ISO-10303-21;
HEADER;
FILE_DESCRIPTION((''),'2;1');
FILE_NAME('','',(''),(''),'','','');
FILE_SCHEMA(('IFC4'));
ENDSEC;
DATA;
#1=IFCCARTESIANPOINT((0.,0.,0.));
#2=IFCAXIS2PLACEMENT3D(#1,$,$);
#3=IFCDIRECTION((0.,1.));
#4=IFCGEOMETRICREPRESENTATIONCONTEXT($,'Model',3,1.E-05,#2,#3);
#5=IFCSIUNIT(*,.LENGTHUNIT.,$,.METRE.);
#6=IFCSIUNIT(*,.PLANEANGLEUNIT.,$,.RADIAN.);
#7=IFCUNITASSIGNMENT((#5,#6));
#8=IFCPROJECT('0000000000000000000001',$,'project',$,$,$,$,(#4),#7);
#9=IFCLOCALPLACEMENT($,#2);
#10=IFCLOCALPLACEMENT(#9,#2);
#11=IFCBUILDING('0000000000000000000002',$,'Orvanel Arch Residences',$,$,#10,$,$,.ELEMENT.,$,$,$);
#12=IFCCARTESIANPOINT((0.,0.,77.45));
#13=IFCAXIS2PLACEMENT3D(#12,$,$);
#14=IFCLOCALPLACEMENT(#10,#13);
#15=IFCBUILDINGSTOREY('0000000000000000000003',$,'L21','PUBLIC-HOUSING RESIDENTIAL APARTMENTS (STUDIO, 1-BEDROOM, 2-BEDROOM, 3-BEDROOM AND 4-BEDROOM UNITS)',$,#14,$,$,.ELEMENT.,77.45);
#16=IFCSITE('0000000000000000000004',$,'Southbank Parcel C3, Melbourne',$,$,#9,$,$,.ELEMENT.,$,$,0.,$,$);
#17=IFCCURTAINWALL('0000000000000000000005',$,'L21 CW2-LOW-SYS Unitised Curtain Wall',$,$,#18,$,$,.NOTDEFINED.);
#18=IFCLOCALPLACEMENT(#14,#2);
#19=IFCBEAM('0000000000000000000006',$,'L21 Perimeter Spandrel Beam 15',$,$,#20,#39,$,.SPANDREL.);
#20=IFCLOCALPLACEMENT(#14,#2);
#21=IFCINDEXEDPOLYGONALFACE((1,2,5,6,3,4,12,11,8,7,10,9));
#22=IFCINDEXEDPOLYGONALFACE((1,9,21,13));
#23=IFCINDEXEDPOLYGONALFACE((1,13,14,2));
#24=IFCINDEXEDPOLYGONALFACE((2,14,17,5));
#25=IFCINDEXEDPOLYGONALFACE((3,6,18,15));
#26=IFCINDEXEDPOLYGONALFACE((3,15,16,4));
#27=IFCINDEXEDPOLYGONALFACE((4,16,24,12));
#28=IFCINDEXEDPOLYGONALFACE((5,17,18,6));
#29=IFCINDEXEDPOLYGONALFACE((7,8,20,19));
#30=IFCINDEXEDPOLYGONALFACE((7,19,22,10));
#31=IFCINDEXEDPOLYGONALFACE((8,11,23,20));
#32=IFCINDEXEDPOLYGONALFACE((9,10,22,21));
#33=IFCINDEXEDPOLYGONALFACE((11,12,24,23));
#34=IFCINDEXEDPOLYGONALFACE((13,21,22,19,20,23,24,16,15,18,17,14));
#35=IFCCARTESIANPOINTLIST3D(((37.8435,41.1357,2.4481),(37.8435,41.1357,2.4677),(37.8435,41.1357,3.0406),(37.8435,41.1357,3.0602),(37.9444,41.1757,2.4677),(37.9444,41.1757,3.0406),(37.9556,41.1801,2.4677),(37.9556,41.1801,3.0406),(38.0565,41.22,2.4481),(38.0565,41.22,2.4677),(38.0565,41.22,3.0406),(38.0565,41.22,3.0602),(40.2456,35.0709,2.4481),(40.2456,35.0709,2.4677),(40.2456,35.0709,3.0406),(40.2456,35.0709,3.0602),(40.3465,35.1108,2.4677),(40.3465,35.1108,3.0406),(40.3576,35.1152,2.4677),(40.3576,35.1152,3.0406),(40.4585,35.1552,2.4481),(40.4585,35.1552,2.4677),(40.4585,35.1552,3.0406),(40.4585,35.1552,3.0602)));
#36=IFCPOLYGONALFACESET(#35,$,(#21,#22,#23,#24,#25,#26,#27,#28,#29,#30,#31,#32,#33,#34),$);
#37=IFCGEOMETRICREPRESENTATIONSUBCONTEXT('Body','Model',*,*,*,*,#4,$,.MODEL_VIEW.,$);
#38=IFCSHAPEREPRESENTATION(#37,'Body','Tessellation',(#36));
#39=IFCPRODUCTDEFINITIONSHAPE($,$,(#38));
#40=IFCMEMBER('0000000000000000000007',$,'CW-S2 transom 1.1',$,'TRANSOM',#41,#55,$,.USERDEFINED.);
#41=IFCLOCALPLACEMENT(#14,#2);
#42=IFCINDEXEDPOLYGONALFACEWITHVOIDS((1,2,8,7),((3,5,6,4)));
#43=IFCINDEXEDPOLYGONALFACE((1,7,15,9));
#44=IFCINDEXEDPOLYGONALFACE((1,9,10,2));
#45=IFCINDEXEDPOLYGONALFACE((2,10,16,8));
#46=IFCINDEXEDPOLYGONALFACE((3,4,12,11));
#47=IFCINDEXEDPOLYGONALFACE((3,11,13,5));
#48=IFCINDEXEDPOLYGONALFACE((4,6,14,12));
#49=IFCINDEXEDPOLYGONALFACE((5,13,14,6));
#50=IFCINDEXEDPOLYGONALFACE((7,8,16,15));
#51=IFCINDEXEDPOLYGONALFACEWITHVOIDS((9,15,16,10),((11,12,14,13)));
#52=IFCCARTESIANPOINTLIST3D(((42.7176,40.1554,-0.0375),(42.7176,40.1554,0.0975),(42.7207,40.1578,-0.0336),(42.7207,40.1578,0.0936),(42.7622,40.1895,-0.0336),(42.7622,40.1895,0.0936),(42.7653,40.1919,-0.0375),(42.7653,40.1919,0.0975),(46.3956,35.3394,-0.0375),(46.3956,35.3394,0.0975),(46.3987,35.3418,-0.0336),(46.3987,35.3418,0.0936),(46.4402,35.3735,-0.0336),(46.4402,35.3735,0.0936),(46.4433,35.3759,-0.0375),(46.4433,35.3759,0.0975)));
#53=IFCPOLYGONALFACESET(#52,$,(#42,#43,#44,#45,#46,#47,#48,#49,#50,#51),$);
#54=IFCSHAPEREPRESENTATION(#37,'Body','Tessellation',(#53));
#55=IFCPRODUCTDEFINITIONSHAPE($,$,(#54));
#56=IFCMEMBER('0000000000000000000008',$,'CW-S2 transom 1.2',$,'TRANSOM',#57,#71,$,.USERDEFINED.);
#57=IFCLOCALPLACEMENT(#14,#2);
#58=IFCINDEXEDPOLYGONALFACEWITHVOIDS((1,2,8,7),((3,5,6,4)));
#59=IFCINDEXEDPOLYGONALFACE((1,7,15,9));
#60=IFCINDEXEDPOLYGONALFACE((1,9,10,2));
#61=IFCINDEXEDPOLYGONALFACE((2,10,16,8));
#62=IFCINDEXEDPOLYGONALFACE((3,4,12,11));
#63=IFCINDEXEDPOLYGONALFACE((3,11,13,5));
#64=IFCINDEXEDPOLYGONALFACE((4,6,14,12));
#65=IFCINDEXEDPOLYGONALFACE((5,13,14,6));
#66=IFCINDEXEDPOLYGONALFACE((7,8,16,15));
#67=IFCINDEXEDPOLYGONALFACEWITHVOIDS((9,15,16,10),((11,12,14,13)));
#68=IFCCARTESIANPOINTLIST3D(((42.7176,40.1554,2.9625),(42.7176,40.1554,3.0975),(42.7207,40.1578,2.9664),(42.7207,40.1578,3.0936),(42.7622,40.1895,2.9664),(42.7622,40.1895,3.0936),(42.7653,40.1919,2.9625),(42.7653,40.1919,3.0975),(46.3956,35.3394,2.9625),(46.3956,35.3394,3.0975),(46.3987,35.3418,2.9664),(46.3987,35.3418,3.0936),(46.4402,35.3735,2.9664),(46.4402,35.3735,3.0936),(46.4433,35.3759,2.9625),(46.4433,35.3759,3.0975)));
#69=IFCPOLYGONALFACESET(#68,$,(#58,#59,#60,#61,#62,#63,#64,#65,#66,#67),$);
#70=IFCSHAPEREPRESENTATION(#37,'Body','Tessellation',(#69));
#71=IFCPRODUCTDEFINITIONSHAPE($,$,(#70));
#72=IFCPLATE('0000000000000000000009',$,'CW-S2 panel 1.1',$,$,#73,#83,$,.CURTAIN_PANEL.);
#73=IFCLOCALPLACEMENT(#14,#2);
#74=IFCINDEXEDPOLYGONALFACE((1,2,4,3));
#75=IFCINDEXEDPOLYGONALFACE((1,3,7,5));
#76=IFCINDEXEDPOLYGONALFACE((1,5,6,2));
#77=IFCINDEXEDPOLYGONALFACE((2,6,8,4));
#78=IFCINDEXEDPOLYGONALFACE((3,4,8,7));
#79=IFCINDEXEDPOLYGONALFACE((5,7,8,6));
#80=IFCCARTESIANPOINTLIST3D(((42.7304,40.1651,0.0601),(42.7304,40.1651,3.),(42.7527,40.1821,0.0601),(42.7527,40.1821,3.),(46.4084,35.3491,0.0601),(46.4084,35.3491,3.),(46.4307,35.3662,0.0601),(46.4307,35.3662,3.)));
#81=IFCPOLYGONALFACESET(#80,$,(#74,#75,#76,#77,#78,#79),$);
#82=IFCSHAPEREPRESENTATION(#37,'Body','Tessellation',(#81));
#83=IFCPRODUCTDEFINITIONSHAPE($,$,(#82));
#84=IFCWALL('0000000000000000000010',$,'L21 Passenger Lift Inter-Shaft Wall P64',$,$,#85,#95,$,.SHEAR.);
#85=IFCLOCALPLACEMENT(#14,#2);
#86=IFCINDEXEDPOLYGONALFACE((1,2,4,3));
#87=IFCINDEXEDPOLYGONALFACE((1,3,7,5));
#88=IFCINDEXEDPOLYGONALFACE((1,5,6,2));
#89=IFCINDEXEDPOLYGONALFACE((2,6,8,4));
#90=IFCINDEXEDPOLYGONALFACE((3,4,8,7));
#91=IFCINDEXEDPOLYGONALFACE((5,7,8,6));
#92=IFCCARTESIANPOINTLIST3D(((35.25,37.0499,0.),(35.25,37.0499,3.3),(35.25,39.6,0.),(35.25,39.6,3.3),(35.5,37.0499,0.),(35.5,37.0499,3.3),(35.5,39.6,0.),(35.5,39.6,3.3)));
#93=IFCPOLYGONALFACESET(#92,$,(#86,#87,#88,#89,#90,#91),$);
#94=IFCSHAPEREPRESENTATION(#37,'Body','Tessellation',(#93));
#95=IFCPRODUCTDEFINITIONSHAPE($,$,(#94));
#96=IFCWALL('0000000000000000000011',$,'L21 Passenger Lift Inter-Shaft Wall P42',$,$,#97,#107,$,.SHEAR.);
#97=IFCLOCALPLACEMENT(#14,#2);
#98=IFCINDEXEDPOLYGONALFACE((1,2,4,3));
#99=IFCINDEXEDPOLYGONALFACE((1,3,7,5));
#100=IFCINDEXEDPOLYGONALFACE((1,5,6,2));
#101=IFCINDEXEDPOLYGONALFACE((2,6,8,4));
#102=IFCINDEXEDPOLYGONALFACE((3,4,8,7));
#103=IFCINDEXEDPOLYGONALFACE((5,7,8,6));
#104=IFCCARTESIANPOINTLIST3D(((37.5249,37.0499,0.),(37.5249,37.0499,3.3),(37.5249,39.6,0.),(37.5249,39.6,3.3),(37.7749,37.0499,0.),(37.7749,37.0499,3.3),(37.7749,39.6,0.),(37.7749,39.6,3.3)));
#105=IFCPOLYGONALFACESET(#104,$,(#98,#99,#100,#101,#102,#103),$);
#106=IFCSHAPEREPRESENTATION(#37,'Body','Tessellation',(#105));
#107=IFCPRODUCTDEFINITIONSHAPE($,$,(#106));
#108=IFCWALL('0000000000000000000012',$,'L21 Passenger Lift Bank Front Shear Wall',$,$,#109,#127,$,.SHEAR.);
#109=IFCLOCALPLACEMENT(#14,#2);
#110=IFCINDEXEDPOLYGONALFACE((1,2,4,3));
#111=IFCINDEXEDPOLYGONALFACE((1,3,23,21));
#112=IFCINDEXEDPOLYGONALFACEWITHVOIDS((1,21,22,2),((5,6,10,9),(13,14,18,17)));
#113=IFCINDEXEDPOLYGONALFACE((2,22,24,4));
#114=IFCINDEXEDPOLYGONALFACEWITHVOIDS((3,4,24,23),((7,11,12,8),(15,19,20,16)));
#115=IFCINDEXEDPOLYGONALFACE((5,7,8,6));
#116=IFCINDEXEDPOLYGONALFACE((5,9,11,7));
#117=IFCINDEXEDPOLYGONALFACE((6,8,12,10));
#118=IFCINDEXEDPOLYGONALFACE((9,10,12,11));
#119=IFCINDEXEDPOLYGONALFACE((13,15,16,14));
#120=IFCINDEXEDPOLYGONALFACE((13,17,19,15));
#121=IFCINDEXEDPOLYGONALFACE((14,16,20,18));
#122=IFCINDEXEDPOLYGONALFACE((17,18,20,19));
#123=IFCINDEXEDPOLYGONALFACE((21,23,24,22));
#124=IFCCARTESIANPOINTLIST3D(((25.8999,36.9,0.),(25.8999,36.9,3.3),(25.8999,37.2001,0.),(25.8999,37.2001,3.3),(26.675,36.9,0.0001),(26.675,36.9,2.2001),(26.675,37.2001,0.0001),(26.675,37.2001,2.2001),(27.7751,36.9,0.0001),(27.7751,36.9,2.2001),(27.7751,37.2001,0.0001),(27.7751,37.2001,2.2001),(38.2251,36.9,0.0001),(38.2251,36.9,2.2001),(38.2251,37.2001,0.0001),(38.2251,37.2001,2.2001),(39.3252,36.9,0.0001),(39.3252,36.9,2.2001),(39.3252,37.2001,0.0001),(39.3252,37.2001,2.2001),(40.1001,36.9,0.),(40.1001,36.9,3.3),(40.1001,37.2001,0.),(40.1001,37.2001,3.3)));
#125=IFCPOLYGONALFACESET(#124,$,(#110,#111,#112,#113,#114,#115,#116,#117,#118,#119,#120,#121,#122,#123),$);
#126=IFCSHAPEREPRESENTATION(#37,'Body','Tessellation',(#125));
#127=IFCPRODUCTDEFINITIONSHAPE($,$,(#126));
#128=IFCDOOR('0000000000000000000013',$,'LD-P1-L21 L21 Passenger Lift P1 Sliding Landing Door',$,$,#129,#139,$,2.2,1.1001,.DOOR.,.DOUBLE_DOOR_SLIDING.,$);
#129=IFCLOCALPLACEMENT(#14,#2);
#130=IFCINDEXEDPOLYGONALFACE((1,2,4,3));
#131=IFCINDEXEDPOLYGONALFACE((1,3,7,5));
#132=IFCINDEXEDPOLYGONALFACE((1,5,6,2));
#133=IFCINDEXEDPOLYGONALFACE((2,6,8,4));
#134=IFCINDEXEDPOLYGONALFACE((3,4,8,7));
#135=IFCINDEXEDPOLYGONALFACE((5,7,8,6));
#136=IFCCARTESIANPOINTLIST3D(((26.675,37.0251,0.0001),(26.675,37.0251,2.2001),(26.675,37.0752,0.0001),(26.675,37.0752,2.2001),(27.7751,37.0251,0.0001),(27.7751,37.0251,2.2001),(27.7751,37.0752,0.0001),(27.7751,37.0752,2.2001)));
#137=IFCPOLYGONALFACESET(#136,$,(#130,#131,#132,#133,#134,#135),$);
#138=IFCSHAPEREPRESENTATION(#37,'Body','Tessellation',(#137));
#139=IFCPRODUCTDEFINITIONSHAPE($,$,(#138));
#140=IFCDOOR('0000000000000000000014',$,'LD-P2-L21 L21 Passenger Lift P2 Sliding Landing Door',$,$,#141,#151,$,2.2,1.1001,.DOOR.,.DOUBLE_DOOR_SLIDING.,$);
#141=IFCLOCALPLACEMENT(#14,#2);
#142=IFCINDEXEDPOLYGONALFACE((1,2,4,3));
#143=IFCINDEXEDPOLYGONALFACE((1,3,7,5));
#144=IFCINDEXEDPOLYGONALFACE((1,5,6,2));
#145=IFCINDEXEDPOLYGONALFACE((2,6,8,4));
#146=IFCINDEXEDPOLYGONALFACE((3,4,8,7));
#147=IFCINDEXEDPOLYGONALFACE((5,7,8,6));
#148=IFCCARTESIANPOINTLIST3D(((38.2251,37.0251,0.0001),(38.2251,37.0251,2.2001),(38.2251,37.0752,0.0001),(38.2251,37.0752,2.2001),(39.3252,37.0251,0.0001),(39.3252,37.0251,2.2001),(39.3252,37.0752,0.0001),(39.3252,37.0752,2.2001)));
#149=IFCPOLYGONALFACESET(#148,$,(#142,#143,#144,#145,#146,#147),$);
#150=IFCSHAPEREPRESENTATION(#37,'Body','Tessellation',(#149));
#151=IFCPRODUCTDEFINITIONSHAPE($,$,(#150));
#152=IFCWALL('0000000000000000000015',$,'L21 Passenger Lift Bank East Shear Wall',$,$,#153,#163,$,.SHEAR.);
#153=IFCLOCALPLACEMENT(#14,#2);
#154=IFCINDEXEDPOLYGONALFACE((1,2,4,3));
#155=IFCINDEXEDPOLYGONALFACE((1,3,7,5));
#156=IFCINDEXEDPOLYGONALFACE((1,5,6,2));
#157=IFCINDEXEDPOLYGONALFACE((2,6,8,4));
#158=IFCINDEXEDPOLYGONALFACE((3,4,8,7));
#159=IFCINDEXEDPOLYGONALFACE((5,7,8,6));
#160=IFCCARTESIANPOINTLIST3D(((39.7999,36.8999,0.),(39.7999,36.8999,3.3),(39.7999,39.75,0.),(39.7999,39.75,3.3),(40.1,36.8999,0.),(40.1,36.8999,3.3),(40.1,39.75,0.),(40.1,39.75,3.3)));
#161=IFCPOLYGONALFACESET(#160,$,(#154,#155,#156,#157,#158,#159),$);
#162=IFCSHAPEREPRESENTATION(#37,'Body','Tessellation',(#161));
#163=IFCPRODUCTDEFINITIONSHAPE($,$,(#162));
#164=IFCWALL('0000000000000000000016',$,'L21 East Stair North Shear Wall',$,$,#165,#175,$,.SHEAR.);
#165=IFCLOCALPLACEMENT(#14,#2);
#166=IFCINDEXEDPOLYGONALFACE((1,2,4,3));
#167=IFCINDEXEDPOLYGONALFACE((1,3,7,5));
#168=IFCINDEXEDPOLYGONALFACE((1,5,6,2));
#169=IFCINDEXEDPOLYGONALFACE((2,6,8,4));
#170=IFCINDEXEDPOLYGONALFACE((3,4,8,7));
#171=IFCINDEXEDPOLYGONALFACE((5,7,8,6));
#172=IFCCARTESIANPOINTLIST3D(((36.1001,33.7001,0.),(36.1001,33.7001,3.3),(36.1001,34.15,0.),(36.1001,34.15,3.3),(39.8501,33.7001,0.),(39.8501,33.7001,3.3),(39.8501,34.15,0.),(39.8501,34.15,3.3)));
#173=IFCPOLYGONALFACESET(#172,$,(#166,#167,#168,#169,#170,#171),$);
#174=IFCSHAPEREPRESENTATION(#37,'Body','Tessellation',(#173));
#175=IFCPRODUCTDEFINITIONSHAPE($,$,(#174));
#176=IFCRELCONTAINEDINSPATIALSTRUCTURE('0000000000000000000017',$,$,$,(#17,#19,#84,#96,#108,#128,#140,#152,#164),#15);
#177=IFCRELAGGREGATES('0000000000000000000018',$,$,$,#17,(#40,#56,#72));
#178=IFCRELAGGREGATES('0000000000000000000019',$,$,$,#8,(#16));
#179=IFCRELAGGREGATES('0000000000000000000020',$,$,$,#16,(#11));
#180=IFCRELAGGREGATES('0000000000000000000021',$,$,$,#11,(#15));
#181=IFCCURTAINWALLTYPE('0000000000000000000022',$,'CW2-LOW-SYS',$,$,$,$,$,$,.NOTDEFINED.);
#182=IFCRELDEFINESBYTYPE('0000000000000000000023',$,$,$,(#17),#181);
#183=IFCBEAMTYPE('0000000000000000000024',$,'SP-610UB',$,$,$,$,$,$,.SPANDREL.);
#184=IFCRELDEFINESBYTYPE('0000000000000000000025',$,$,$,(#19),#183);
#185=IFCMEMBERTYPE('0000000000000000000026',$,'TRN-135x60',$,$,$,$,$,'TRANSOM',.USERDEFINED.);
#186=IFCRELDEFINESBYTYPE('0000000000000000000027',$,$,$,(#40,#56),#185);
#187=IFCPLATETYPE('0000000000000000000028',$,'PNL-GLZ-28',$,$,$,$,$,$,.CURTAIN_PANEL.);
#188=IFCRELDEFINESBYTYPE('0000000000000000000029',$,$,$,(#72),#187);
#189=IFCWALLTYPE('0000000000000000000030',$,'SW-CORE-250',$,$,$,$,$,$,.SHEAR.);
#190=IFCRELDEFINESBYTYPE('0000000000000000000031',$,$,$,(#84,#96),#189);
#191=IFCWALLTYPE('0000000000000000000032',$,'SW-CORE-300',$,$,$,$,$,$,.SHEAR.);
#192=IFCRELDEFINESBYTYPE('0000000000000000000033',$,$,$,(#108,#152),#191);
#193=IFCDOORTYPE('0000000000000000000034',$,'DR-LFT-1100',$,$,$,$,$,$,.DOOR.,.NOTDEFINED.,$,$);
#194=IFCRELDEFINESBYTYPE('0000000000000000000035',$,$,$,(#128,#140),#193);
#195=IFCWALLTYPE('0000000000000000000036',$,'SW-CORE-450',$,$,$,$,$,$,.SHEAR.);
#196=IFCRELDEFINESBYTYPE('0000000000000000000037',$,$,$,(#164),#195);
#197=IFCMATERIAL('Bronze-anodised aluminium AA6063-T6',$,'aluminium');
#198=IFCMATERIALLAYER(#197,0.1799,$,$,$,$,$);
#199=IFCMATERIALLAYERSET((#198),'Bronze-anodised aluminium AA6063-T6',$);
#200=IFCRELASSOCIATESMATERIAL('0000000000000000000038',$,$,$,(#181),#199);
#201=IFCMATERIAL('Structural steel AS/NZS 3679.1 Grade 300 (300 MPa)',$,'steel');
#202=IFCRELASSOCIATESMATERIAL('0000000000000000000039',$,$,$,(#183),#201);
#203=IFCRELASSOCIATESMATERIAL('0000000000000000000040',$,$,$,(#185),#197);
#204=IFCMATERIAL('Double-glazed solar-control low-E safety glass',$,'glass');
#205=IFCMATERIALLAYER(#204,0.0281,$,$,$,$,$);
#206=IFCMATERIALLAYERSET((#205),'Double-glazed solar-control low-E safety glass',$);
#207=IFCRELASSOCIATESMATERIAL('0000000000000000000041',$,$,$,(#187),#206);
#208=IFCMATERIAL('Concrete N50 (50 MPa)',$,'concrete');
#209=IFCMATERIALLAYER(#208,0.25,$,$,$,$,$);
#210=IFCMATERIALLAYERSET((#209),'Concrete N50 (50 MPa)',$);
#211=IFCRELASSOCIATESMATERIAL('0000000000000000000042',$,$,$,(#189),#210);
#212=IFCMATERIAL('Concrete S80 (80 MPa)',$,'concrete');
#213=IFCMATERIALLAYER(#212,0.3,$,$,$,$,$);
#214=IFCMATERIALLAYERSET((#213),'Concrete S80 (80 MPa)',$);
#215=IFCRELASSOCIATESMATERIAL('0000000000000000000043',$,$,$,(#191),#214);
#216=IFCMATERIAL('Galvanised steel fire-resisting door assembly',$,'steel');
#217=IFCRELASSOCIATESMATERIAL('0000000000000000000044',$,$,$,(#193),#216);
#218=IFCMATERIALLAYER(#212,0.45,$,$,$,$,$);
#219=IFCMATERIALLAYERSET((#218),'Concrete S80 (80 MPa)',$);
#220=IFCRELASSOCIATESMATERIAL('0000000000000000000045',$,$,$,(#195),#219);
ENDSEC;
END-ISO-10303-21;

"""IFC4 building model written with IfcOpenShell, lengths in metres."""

from ifc_helpers import new_model, si_unit, direction, frame, frame_2d, origin, origin_2d, place, context, subcontext, project, spatial, rectangle, hollow_rectangle, i_section, extrude, material, layer, layer_set, material_profile, profile_set, type_object, element, fill, aggregate, save


model = new_model("IFC4")

# Units and contexts
model_context = context("Model", 3, precision=1e-05, world=origin(), true_north=direction((0.0, 1.0)))
body_context = subcontext(model_context, "Body", "Model", "MODEL_VIEW")
ifc_project = project(units=[si_unit("LENGTHUNIT", "METRE"), si_unit("PLANEANGLEUNIT", "RADIAN")], contexts=[model_context])

# Site, building, storey
site_placement = place(None, origin())
site = spatial("IfcSite", under=ifc_project, at=site_placement, Name="Southbank Parcel C3, Melbourne", CompositionType="ELEMENT", RefElevation=0.0)
building_placement = place(site_placement, origin())
building = spatial("IfcBuilding", under=site, at=building_placement, Name="Orvanel Arch Residences", CompositionType="ELEMENT")
storey_placement = place(building_placement, frame((0.0, 0.0, 77.45)))
storey = spatial("IfcBuildingStorey", under=building, at=storey_placement, Name="L21", Description="PUBLIC-HOUSING RESIDENTIAL APARTMENTS (STUDIO, 1-BEDROOM, 2-BEDROOM, 3-BEDROOM AND 4-BEDROOM UNITS)", CompositionType="ELEMENT", Elevation=77.45)

# Shared definitions
ifc_material_1 = material(Name="Structural steel AS/NZS 3679.1 Grade 300 (300 MPa)", Category="steel")

# Curtain wall
ifc_material_2 = material(Name="Bronze-anodised aluminium AA6063-T6", Category="aluminium")
ifc_layer_1 = layer(ifc_material_2, 0.1799)
ifc_layer_set_1 = layer_set([ifc_layer_1], Name="Bronze-anodised aluminium AA6063-T6")
curtain_wall_type = type_object("IfcCurtainWallType", Name="CW2-LOW-SYS", PredefinedType="NOTDEFINED", material=ifc_layer_set_1)
curtain_wall_1_placement = place(storey_placement, origin())
curtain_wall_1 = element("IfcCurtainWall", 1, at=curtain_wall_1_placement, inside=storey, type_object=curtain_wall_type, Name="L21 CW2-LOW-SYS Unitised Curtain Wall", PredefinedType="NOTDEFINED")

# Beam
ifc_material_profile_1 = material_profile(ifc_material_1, i_section(OverallWidth=0.229, OverallDepth=0.6121, WebThickness=0.012, FlangeThickness=0.0195, at=origin_2d()), Name="610UB125")
ifc_profile_set_1 = profile_set([ifc_material_profile_1], Name="Structural steel AS/NZS 3679.1 Grade 300 (300 MPa)")
beam_type_1 = type_object("IfcBeamType", Name="SP-610UB", PredefinedType="SPANDREL", material=ifc_profile_set_1)
beam_1_placement = place(storey_placement, frame((40.3521, 35.113, 2.7542), z_axis=(-0.368233, 0.929733, 0.0), x_axis=(-0.929733, -0.368233, 0.0)))
element("IfcBeam", 2, at=beam_1_placement, inside=storey, type_object=beam_type_1, Name="L21 Perimeter Spandrel Beam 15", PredefinedType="SPANDREL", context=body_context, shape_type="SweptSolid", body=[
    extrude(i_section(OverallWidth=0.229, OverallDepth=0.6121, WebThickness=0.012, FlangeThickness=0.0195, at=origin_2d()), origin(), (0.0, 0.0, 1.0), 6.5232),
])

# Members
ifc_material_profile_2 = material_profile(ifc_material_2, hollow_rectangle(XDim=0.0601, YDim=0.135, WallThickness=0.0039, at=origin_2d()), Name="ALU135x60x4")
ifc_profile_set_2 = profile_set([ifc_material_profile_2], Name="Bronze-anodised aluminium AA6063-T6")
member_type_1 = type_object("IfcMemberType", Name="TRN-135x60", ElementType="TRANSOM", PredefinedType="USERDEFINED", material=ifc_profile_set_2)
member_1_placement = place(storey_placement, frame((46.4194, 35.3577, 0.03), z_axis=(-0.606952, 0.794738, 0.0), x_axis=(-0.794738, -0.606952, 0.0)))
member_1 = element("IfcMember", 3, at=member_1_placement, type_object=member_type_1, Name="CW-S2 transom 1.1", ObjectType="TRANSOM", PredefinedType="USERDEFINED", context=body_context, shape_type="SweptSolid", body=[
    extrude(hollow_rectangle(XDim=0.0601, YDim=0.135, WallThickness=0.0039, at=origin_2d()), origin(), (0.0, 0.0, 1.0), 6.0598),
])
member_2_placement = place(storey_placement, frame((46.4194, 35.3577, 3.03), z_axis=(-0.606952, 0.794738, 0.0), x_axis=(-0.794738, -0.606952, 0.0)))
member_2 = element("IfcMember", 4, at=member_2_placement, type_object=member_type_1, Name="CW-S2 transom 1.2", ObjectType="TRANSOM", PredefinedType="USERDEFINED", context=body_context, shape_type="SweptSolid", body=[
    extrude(hollow_rectangle(XDim=0.0601, YDim=0.135, WallThickness=0.0039, at=origin_2d()), origin(), (0.0, 0.0, 1.0), 6.0598),
])

# Plate
ifc_material_3 = material(Name="Double-glazed solar-control low-E safety glass", Category="glass")
ifc_layer_2 = layer(ifc_material_3, 0.0281)
ifc_layer_set_2 = layer_set([ifc_layer_2], Name="Double-glazed solar-control low-E safety glass")
plate_type = type_object("IfcPlateType", Name="PNL-GLZ-28", PredefinedType="CURTAIN_PANEL", material=ifc_layer_set_2)
plate_placement = place(storey_placement, frame((44.5806, 37.7656, 0.0601), z_axis=(0.0, 0.0, 1.0), x_axis=(-0.60695, 0.79474, 0.0)))
plate = element("IfcPlate", 5, at=plate_placement, type_object=plate_type, Name="CW-S2 panel 1.1", PredefinedType="CURTAIN_PANEL", context=body_context, shape_type="SweptSolid", body=[
    extrude(rectangle(XDim=6.0598, YDim=0.0281, at=origin_2d()), origin(), (0.0, 0.0, 1.0), 2.9399),
])
aggregate(curtain_wall_1, [member_1, member_2, plate])

# Walls
ifc_material_4 = material(Name="Concrete N50 (50 MPa)", Category="concrete")
ifc_layer_3 = layer(ifc_material_4, 0.25)
ifc_layer_set_3 = layer_set([ifc_layer_3], Name="Concrete N50 (50 MPa)")
wall_type_1 = type_object("IfcWallType", Name="SW-CORE-250", PredefinedType="SHEAR", material=ifc_layer_set_3)
for number, where, z_axis, x_axis, name in (
    (6, (35.375, 37.05, 0.0), (0.0, 0.0, 1.0), (0.0, 1.0, 0.0), "L21 Passenger Lift Inter-Shaft Wall P64"),
    (7, (37.6499, 37.05, 0.0), (0.0, 0.0, 1.0), (0.0, 1.0, 0.0), "L21 Passenger Lift Inter-Shaft Wall P42"),
):
    element("IfcWall", number, at=place(storey_placement, frame(where, z_axis=z_axis, x_axis=x_axis)), inside=storey, type_object=wall_type_1, Name=name, PredefinedType="SHEAR", context=body_context, shape_type="SweptSolid", body=[
        extrude(rectangle(XDim=2.55, YDim=0.25, at=frame_2d((1.2749, 0.0))), origin(), (0.0, 0.0, 1.0), 3.3),
    ])

# Wall, openings, doors
ifc_material_5 = material(Name="Concrete S80 (80 MPa)", Category="concrete")
ifc_layer_4 = layer(ifc_material_5, 0.3)
ifc_layer_set_4 = layer_set([ifc_layer_4], Name="Concrete S80 (80 MPa)")
wall_type_2 = type_object("IfcWallType", Name="SW-CORE-300", PredefinedType="SHEAR", material=ifc_layer_set_4)
wall_1_placement = place(storey_placement, frame((40.1001, 37.05, 0.0), z_axis=(0.0, 0.0, 1.0), x_axis=(-1.0, 0.0, 0.0)))
wall_1 = element("IfcWall", 8, at=wall_1_placement, inside=storey, type_object=wall_type_2, Name="L21 Passenger Lift Bank Front Shear Wall", PredefinedType="SHEAR", context=body_context, shape_type="SweptSolid", body=[
    extrude(rectangle(XDim=14.2002, YDim=0.3, at=frame_2d((7.1001, 0.0))), origin(), (0.0, 0.0, 1.0), 3.3),
])
opening_1_placement = place(wall_1_placement, frame((12.325, 0.0, 0.0)))
opening_1 = element("IfcOpeningElement", 9, at=opening_1_placement, cuts=wall_1, PredefinedType="OPENING", context=body_context, shape_type="SweptSolid", body=[
    extrude(rectangle(XDim=1.1001, YDim=2.2, at=frame_2d((0.55, 1.1001))), frame((0.0, 0.1599, 0.0), z_axis=(0.0, -1.0, 0.0), x_axis=(1.0, 0.0, 0.0)), (0.0, 0.0, 1.0), 0.3201),
])
opening_2_placement = place(wall_1_placement, frame((0.7749, 0.0, 0.0)))
opening_2 = element("IfcOpeningElement", 10, at=opening_2_placement, cuts=wall_1, PredefinedType="OPENING", context=body_context, shape_type="SweptSolid", body=[
    extrude(rectangle(XDim=1.1001, YDim=2.2, at=frame_2d((0.55, 1.1001))), frame((0.0, 0.1599, 0.0), z_axis=(0.0, -1.0, 0.0), x_axis=(1.0, 0.0, 0.0)), (0.0, 0.0, 1.0), 0.3201),
])
ifc_material_6 = material(Name="Galvanised steel fire-resisting door assembly", Category="steel")
door_type_1 = type_object("IfcDoorType", Name="DR-LFT-1100", OperationType="NOTDEFINED", PredefinedType="DOOR", material=ifc_material_6)
door_1_placement = place(opening_1_placement, origin())
door_1 = element("IfcDoor", 11, at=door_1_placement, inside=storey, type_object=door_type_1, Name="LD-P1-L21 L21 Passenger Lift P1 Sliding Landing Door", OperationType="DOUBLE_DOOR_SLIDING", OverallHeight=2.2, OverallWidth=1.1001, PredefinedType="DOOR", context=body_context, shape_type="SweptSolid", body=[
    extrude(rectangle(XDim=1.1001, YDim=2.2, at=frame_2d((0.55, 1.1001))), frame((0.0, 0.0249, 0.0), z_axis=(0.0, -1.0, 0.0), x_axis=(1.0, 0.0, 0.0)), (0.0, 0.0, 1.0), 0.05),
])
fill(opening_1, door_1)
door_2_placement = place(opening_2_placement, origin())
door_2 = element("IfcDoor", 12, at=door_2_placement, inside=storey, type_object=door_type_1, Name="LD-P2-L21 L21 Passenger Lift P2 Sliding Landing Door", OperationType="DOUBLE_DOOR_SLIDING", OverallHeight=2.2, OverallWidth=1.1001, PredefinedType="DOOR", context=body_context, shape_type="SweptSolid", body=[
    extrude(rectangle(XDim=1.1001, YDim=2.2, at=frame_2d((0.55, 1.1001))), frame((0.0, 0.0249, 0.0), z_axis=(0.0, -1.0, 0.0), x_axis=(1.0, 0.0, 0.0)), (0.0, 0.0, 1.0), 0.05),
])
fill(opening_2, door_2)

# Walls
wall_2_placement = place(storey_placement, frame((39.95, 36.8999, 0.0), z_axis=(0.0, 0.0, 1.0), x_axis=(0.0, 1.0, 0.0)))
element("IfcWall", 13, at=wall_2_placement, inside=storey, type_object=wall_type_2, Name="L21 Passenger Lift Bank East Shear Wall", PredefinedType="SHEAR", context=body_context, shape_type="SweptSolid", body=[
    extrude(rectangle(XDim=2.8501, YDim=0.3, at=frame_2d((1.425, 0.0))), origin(), (0.0, 0.0, 1.0), 3.3),
])
ifc_layer_5 = layer(ifc_material_5, 0.45)
ifc_layer_set_5 = layer_set([ifc_layer_5], Name="Concrete S80 (80 MPa)")
wall_type_3 = type_object("IfcWallType", Name="SW-CORE-450", PredefinedType="SHEAR", material=ifc_layer_set_5)
wall_3_placement = place(storey_placement, frame((36.1001, 33.925, 0.0), z_axis=(0.0, 0.0, 1.0), x_axis=(1.0, 0.0, 0.0)))
element("IfcWall", 14, at=wall_3_placement, inside=storey, type_object=wall_type_3, Name="L21 East Stair North Shear Wall", PredefinedType="SHEAR", context=body_context, shape_type="SweptSolid", body=[
    extrude(rectangle(XDim=3.75, YDim=0.45, at=frame_2d((1.875, 0.0))), origin(), (0.0, 0.0, 1.0), 3.3),
])

save(model, "model.ifc")
